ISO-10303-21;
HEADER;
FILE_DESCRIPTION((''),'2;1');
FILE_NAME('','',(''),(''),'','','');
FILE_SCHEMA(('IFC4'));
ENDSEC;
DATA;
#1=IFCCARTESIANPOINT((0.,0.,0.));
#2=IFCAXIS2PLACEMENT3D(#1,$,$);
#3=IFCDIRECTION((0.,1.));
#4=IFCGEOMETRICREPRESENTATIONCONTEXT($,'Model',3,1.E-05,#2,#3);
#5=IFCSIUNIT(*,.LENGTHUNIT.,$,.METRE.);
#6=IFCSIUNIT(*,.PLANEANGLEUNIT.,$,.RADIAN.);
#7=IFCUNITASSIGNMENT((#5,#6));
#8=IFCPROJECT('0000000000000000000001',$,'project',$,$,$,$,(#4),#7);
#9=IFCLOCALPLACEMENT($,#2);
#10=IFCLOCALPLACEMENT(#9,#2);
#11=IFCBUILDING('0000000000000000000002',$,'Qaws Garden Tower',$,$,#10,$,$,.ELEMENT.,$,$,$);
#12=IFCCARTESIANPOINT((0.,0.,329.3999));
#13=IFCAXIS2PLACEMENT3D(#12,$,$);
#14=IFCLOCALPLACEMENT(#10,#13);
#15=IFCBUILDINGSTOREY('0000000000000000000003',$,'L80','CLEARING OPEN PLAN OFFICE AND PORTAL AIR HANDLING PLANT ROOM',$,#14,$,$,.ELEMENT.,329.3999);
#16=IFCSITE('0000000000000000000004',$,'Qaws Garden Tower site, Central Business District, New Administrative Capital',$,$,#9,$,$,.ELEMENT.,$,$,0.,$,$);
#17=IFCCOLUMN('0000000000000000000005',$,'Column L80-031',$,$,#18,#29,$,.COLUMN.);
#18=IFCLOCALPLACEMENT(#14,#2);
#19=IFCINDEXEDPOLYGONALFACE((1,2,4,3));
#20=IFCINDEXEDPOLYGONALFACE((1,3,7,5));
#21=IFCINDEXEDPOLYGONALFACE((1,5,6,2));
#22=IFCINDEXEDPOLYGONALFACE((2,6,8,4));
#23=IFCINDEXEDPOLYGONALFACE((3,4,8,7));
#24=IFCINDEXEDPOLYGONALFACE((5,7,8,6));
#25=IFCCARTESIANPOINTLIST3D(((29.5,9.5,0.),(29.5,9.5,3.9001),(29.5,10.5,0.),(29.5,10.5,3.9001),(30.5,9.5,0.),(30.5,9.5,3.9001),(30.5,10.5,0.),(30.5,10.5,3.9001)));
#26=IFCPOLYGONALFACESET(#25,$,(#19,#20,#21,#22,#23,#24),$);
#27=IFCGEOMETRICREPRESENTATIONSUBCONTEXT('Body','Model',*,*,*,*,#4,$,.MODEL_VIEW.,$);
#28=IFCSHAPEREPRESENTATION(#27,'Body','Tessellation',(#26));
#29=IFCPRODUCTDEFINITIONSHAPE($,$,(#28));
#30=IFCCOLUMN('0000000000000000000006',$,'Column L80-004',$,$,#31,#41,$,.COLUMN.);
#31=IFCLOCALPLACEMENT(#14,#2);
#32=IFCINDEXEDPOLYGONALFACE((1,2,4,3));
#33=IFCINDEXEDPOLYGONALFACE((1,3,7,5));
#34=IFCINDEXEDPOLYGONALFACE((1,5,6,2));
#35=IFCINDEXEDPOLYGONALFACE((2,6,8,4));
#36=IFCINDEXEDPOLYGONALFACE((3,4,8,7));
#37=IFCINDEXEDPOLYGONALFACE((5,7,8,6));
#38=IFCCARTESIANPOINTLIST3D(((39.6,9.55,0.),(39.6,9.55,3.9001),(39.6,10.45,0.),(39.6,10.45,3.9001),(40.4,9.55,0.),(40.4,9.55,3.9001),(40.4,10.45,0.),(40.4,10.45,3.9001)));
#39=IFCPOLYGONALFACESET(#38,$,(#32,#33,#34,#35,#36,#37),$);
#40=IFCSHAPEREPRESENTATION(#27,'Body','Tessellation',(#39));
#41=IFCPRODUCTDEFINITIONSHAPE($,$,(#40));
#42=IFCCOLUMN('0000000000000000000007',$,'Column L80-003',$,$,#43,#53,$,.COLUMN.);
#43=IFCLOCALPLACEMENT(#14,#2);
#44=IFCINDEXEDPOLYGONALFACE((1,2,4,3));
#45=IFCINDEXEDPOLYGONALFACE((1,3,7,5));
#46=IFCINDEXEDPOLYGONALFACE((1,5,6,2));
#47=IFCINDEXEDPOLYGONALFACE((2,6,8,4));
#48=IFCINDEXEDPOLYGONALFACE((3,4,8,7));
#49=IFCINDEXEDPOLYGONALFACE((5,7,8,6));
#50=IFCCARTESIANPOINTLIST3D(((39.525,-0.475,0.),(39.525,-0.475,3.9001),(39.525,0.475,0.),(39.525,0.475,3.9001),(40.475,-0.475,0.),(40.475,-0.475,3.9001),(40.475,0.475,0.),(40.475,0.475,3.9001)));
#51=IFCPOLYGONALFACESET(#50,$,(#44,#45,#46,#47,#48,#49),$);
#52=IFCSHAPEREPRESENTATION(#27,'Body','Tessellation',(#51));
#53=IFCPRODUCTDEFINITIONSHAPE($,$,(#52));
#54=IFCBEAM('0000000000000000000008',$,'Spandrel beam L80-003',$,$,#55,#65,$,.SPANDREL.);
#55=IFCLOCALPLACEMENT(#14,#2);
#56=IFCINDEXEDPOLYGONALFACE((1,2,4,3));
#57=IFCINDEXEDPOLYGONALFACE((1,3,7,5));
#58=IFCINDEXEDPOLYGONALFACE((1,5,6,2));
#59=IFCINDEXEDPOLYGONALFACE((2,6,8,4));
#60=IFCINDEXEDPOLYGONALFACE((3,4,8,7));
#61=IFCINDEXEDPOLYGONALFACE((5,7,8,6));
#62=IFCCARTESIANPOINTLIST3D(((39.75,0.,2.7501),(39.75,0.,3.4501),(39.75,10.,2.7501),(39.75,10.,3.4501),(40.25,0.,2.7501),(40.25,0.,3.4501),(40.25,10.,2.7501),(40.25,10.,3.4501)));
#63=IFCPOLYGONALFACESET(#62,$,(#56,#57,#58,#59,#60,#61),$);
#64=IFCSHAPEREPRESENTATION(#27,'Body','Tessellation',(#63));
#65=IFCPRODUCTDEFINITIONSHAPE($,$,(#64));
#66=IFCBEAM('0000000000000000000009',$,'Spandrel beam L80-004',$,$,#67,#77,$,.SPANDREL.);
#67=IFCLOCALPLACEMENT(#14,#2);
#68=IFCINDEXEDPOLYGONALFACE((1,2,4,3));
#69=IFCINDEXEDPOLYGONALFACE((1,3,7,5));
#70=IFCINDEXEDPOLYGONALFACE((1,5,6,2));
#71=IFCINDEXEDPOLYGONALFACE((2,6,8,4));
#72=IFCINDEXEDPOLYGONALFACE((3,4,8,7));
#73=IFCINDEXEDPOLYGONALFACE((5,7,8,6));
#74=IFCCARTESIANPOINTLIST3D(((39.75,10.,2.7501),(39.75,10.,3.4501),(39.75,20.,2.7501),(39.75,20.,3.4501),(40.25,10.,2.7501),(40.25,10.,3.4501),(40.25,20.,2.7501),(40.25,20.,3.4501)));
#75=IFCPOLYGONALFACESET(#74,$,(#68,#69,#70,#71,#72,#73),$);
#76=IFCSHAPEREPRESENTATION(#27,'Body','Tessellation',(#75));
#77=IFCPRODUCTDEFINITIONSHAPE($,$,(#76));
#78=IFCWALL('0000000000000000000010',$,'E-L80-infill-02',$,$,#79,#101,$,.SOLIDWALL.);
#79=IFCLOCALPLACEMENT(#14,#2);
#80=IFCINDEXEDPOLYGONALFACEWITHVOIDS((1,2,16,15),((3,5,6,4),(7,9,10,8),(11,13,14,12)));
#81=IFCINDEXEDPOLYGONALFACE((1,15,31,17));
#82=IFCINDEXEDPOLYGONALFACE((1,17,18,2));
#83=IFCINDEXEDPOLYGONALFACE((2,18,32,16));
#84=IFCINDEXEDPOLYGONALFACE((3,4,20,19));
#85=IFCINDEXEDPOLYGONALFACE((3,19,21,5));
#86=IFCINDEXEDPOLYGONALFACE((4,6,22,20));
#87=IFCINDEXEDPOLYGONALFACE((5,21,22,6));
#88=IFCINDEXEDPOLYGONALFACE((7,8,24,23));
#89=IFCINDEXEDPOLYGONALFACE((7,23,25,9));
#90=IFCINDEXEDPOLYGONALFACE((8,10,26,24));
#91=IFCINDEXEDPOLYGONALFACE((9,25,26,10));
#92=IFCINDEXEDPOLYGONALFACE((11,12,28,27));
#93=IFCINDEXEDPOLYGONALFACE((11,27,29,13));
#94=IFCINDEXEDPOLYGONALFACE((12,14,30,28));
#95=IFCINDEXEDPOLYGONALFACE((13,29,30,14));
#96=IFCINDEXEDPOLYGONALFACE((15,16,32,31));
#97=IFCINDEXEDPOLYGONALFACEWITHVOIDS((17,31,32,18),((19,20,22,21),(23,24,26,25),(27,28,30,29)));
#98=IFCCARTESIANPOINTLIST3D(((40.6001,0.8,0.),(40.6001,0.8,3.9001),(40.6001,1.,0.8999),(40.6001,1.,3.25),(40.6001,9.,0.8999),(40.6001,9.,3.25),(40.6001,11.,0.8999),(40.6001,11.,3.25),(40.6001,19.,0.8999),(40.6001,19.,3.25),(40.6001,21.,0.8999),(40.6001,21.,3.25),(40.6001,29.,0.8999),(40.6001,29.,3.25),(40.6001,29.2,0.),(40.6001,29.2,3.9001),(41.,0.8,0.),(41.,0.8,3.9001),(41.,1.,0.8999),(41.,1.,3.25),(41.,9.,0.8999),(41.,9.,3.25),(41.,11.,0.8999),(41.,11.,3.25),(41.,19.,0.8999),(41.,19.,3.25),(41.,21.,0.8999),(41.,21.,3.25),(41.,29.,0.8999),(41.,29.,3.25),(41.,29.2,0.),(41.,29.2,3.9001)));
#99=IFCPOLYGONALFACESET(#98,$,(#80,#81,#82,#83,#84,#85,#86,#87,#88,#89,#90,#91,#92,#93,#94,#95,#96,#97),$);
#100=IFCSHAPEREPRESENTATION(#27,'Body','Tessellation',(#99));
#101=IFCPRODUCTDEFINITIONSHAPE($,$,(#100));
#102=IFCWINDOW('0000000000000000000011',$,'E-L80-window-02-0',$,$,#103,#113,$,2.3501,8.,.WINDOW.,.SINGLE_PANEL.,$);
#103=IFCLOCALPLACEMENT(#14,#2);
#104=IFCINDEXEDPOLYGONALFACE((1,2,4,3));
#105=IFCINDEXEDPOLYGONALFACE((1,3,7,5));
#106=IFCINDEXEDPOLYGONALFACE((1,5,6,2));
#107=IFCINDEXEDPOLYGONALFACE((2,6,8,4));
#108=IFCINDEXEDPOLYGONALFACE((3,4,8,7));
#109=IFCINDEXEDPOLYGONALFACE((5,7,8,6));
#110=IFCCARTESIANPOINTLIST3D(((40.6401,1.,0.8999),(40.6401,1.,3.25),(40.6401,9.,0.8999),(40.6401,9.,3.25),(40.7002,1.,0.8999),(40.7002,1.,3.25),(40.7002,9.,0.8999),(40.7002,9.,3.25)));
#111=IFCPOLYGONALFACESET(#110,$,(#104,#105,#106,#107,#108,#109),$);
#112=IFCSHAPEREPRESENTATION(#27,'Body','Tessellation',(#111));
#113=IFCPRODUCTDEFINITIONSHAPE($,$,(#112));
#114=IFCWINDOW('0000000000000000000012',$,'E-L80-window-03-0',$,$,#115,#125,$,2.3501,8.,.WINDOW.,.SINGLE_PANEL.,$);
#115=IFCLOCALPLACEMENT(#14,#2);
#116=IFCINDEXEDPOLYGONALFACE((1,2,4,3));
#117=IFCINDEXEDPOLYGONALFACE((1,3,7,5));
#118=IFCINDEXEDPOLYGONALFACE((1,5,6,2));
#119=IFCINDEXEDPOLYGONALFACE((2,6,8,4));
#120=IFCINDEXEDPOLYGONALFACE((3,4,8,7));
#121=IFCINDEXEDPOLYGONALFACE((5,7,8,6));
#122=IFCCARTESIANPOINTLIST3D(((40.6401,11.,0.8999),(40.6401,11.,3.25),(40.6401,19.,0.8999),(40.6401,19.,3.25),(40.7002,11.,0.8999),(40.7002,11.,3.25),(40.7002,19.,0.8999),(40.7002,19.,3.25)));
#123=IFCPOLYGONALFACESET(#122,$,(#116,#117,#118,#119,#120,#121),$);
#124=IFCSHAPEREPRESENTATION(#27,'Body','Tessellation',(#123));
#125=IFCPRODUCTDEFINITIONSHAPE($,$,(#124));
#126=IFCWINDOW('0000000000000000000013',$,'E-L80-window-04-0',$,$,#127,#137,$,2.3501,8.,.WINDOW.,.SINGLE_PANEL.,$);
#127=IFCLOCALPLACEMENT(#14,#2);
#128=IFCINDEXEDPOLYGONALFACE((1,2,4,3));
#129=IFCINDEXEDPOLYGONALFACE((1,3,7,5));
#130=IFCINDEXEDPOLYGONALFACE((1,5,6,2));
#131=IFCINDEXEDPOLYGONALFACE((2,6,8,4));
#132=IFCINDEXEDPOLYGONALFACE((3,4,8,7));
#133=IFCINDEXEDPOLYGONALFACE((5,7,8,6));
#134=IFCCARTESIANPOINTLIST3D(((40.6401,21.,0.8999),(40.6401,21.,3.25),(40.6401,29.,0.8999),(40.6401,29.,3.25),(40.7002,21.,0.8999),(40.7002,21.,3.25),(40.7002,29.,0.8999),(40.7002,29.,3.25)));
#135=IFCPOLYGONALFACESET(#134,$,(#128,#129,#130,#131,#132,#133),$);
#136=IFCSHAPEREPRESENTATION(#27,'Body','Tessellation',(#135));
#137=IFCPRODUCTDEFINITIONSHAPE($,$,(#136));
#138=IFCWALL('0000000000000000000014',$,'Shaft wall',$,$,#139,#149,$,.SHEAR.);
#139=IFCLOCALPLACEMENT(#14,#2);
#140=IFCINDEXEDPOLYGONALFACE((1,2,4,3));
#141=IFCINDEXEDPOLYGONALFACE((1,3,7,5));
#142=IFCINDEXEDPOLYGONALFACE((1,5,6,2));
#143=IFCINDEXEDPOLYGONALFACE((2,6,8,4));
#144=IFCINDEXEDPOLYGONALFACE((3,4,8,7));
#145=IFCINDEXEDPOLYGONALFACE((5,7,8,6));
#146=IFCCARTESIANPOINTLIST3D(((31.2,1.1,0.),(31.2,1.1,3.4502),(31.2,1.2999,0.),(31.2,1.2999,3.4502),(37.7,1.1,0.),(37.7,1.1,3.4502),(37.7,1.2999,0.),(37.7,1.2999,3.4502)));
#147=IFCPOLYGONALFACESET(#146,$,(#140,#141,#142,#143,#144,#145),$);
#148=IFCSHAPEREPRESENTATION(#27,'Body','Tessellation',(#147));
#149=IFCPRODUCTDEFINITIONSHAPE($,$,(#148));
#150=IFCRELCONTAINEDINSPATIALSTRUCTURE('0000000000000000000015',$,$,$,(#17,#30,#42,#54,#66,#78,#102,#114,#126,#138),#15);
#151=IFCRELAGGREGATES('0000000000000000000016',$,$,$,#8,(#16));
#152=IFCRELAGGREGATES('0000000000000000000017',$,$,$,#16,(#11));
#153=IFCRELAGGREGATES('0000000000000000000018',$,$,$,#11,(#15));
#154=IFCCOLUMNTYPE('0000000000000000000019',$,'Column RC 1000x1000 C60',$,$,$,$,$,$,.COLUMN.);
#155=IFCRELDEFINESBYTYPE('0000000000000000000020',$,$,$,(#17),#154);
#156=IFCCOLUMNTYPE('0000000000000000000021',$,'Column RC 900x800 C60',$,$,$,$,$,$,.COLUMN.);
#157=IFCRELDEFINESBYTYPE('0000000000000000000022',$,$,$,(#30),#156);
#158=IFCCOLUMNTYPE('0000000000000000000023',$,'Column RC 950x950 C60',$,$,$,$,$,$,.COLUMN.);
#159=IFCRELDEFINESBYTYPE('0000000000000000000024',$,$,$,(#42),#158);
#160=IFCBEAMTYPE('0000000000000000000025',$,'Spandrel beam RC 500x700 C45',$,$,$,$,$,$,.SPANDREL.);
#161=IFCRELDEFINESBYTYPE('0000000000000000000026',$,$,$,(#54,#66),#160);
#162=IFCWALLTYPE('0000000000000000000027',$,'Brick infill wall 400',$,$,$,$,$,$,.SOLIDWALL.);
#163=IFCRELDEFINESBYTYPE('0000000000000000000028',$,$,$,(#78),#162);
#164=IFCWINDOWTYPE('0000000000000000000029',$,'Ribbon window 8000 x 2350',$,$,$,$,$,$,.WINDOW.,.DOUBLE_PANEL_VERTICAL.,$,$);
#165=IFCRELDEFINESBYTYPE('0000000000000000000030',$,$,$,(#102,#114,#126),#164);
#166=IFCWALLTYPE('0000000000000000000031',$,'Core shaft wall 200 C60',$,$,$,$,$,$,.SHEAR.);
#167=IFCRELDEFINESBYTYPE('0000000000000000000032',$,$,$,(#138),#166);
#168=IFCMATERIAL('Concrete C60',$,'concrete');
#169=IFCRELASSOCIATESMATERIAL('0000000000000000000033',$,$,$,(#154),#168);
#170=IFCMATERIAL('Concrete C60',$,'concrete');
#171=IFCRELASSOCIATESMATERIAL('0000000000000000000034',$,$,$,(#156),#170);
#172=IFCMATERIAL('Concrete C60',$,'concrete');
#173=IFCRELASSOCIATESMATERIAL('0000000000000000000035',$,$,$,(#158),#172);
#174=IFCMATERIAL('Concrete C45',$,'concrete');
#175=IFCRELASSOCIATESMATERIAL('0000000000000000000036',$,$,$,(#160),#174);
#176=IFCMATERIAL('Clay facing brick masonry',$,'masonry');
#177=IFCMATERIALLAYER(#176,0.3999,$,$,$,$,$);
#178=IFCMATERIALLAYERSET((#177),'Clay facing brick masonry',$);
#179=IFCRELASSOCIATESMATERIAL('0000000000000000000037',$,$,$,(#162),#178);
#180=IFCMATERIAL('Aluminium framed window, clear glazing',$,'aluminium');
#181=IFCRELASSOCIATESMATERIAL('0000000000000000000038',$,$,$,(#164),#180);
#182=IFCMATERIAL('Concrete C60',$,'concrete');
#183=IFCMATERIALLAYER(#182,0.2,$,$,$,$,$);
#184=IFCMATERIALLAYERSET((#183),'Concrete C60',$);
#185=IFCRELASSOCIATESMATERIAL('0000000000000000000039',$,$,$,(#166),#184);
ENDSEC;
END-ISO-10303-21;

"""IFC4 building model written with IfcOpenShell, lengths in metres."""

from ifc_helpers import new_model, si_unit, direction, frame, frame_2d, origin, origin_2d, place, context, subcontext, project, spatial, rectangle, extrude, material, layer, layer_set, material_profile, profile_set, type_object, element, fill, save


model = new_model("IFC4")

# Units and contexts
model_context = context("Model", 3, precision=1e-05, world=origin(), true_north=direction((0.0, 1.0)))
body_context = subcontext(model_context, "Body", "Model", "MODEL_VIEW")
ifc_project = project(units=[si_unit("LENGTHUNIT", "METRE"), si_unit("PLANEANGLEUNIT", "RADIAN")], contexts=[model_context])

# Site, building, storey
site_placement = place(None, origin())
site = spatial("IfcSite", under=ifc_project, at=site_placement, Name="Qaws Garden Tower site, Central Business District, New Administrative Capital", CompositionType="ELEMENT", RefElevation=0.0)
building_placement = place(site_placement, origin())
building = spatial("IfcBuilding", under=site, at=building_placement, Name="Qaws Garden Tower", CompositionType="ELEMENT")
storey_placement = place(building_placement, frame((0.0, 0.0, 329.3999)))
storey = spatial("IfcBuildingStorey", under=building, at=storey_placement, Name="L80", Description="CLEARING OPEN PLAN OFFICE AND PORTAL AIR HANDLING PLANT ROOM", CompositionType="ELEMENT", Elevation=329.3999)

# Columns
ifc_material_1 = material(Name="Concrete C60", Category="concrete")
ifc_material_profile_1 = material_profile(ifc_material_1, rectangle(XDim=1.0, YDim=1.0, at=origin_2d()), Name="RC 1000x1000")
ifc_profile_set_1 = profile_set([ifc_material_profile_1], Name="Concrete C60")
column_type_1 = type_object("IfcColumnType", Name="Column RC 1000x1000 C60", PredefinedType="COLUMN", material=ifc_profile_set_1)
column_1_placement = place(storey_placement, frame((30.0, 10.0, 0.0), z_axis=(0.0, 0.0, 1.0), x_axis=(1.0, 0.0, 0.0)))
element("IfcColumn", 1, at=column_1_placement, inside=storey, type_object=column_type_1, Name="Column L80-031", PredefinedType="COLUMN", context=body_context, shape_type="SweptSolid", body=[
    extrude(rectangle(XDim=1.0, YDim=1.0, at=origin_2d()), origin(), (0.0, 0.0, 1.0), 3.9001),
])
ifc_material_2 = material(Name="Concrete C60", Category="concrete")
ifc_material_profile_2 = material_profile(ifc_material_2, rectangle(XDim=0.8999, YDim=0.8, at=origin_2d()), Name="RC 900x800")
ifc_profile_set_2 = profile_set([ifc_material_profile_2], Name="Concrete C60")
column_type_2 = type_object("IfcColumnType", Name="Column RC 900x800 C60", PredefinedType="COLUMN", material=ifc_profile_set_2)
column_2_placement = place(storey_placement, frame((40.0, 10.0, 0.0), z_axis=(0.0, 0.0, 1.0), x_axis=(0.0, 1.0, 0.0)))
element("IfcColumn", 2, at=column_2_placement, inside=storey, type_object=column_type_2, Name="Column L80-004", PredefinedType="COLUMN", context=body_context, shape_type="SweptSolid", body=[
    extrude(rectangle(XDim=0.8999, YDim=0.8, at=origin_2d()), origin(), (0.0, 0.0, 1.0), 3.9001),
])
ifc_material_3 = material(Name="Concrete C60", Category="concrete")
ifc_material_profile_3 = material_profile(ifc_material_3, rectangle(XDim=0.95, YDim=0.95, at=origin_2d()), Name="RC 950x950")
ifc_profile_set_3 = profile_set([ifc_material_profile_3], Name="Concrete C60")
column_type_3 = type_object("IfcColumnType", Name="Column RC 950x950 C60", PredefinedType="COLUMN", material=ifc_profile_set_3)
column_3_placement = place(storey_placement, frame((40.0, 0.0, 0.0), z_axis=(0.0, 0.0, 1.0), x_axis=(1.0, 0.0, 0.0)))
element("IfcColumn", 3, at=column_3_placement, inside=storey, type_object=column_type_3, Name="Column L80-003", PredefinedType="COLUMN", context=body_context, shape_type="SweptSolid", body=[
    extrude(rectangle(XDim=0.95, YDim=0.95, at=origin_2d()), origin(), (0.0, 0.0, 1.0), 3.9001),
])

# Beams
ifc_material_4 = material(Name="Concrete C45", Category="concrete")
ifc_material_profile_4 = material_profile(ifc_material_4, rectangle(XDim=0.5, YDim=0.7, at=origin_2d()), Name="RC 500x700")
ifc_profile_set_4 = profile_set([ifc_material_profile_4], Name="Concrete C45")
beam_type = type_object("IfcBeamType", Name="Spandrel beam RC 500x700 C45", PredefinedType="SPANDREL", material=ifc_profile_set_4)
for number, where, z_axis, x_axis, name in (
    (4, (40.0, 0.0, 3.1001), (0.0, 1.0, 0.0), (-1.0, 0.0, 0.0), "Spandrel beam L80-003"),
    (5, (40.0, 10.0, 3.1001), (0.0, 1.0, 0.0), (-1.0, 0.0, 0.0), "Spandrel beam L80-004"),
):
    element("IfcBeam", number, at=place(storey_placement, frame(where, z_axis=z_axis, x_axis=x_axis)), inside=storey, type_object=beam_type, Name=name, PredefinedType="SPANDREL", context=body_context, shape_type="SweptSolid", body=[
        extrude(rectangle(XDim=0.5, YDim=0.7, at=origin_2d()), origin(), (0.0, 0.0, 1.0), 10.0),
    ])

# Wall, openings, windows
ifc_material_5 = material(Name="Clay facing brick masonry", Category="masonry")
ifc_layer_1 = layer(ifc_material_5, 0.3999)
ifc_layer_set_1 = layer_set([ifc_layer_1], Name="Clay facing brick masonry")
wall_type_1 = type_object("IfcWallType", Name="Brick infill wall 400", PredefinedType="SOLIDWALL", material=ifc_layer_set_1)
wall_1_placement = place(storey_placement, frame((40.8, 0.8, 0.0), z_axis=(0.0, 0.0, 1.0), x_axis=(0.0, 1.0, 0.0)))
wall_1 = element("IfcWall", 6, at=wall_1_placement, inside=storey, type_object=wall_type_1, Name="E-L80-infill-02", PredefinedType="SOLIDWALL", context=body_context, shape_type="SweptSolid", body=[
    extrude(rectangle(XDim=28.3999, YDim=0.3999, at=frame_2d((14.2, 0.0))), origin(), (0.0, 0.0, 1.0), 3.9001),
])
opening_1_placement = place(wall_1_placement, frame((0.2, 0.0, 0.8999)))
opening_1 = element("IfcOpeningElement", 7, at=opening_1_placement, cuts=wall_1, PredefinedType="OPENING", context=body_context, shape_type="SweptSolid", body=[
    extrude(rectangle(XDim=8.0, YDim=2.3501, at=frame_2d((4.0, 1.175))), frame((0.0, 0.21, 0.0), z_axis=(0.0, -1.0, 0.0), x_axis=(1.0, 0.0, 0.0)), (0.0, 0.0, 1.0), 0.4199),
])
opening_2_placement = place(wall_1_placement, frame((10.2, 0.0, 0.8999)))
opening_2 = element("IfcOpeningElement", 8, at=opening_2_placement, cuts=wall_1, PredefinedType="OPENING", context=body_context, shape_type="SweptSolid", body=[
    extrude(rectangle(XDim=8.0, YDim=2.3501, at=frame_2d((4.0, 1.175))), frame((0.0, 0.21, 0.0), z_axis=(0.0, -1.0, 0.0), x_axis=(1.0, 0.0, 0.0)), (0.0, 0.0, 1.0), 0.4199),
])
opening_3_placement = place(wall_1_placement, frame((20.2, 0.0, 0.8999)))
opening_3 = element("IfcOpeningElement", 9, at=opening_3_placement, cuts=wall_1, PredefinedType="OPENING", context=body_context, shape_type="SweptSolid", body=[
    extrude(rectangle(XDim=8.0, YDim=2.3501, at=frame_2d((4.0, 1.175))), frame((0.0, 0.21, 0.0), z_axis=(0.0, -1.0, 0.0), x_axis=(1.0, 0.0, 0.0)), (0.0, 0.0, 1.0), 0.4199),
])
ifc_material_6 = material(Name="Aluminium framed window, clear glazing", Category="aluminium")
window_type = type_object("IfcWindowType", Name="Ribbon window 8000 x 2350", PartitioningType="DOUBLE_PANEL_VERTICAL", PredefinedType="WINDOW", material=ifc_material_6)
window_1_placement = place(opening_1_placement, origin())
window_1 = element("IfcWindow", 10, at=window_1_placement, inside=storey, type_object=window_type, Name="E-L80-window-02-0", OverallHeight=2.3501, OverallWidth=8.0, PartitioningType="SINGLE_PANEL", PredefinedType="WINDOW", context=body_context, shape_type="SweptSolid", body=[
    extrude(rectangle(XDim=8.0, YDim=2.3501, at=frame_2d((4.0, 1.175))), frame((0.0, 0.1599, 0.0), z_axis=(0.0, -1.0, 0.0), x_axis=(1.0, 0.0, 0.0)), (0.0, 0.0, 1.0), 0.0601),
])
fill(opening_1, window_1)
window_2_placement = place(opening_2_placement, origin())
window_2 = element("IfcWindow", 11, at=window_2_placement, inside=storey, type_object=window_type, Name="E-L80-window-03-0", OverallHeight=2.3501, OverallWidth=8.0, PartitioningType="SINGLE_PANEL", PredefinedType="WINDOW", context=body_context, shape_type="SweptSolid", body=[
    extrude(rectangle(XDim=8.0, YDim=2.3501, at=frame_2d((4.0, 1.175))), frame((0.0, 0.1599, 0.0), z_axis=(0.0, -1.0, 0.0), x_axis=(1.0, 0.0, 0.0)), (0.0, 0.0, 1.0), 0.0601),
])
fill(opening_2, window_2)
window_3_placement = place(opening_3_placement, origin())
window_3 = element("IfcWindow", 12, at=window_3_placement, inside=storey, type_object=window_type, Name="E-L80-window-04-0", OverallHeight=2.3501, OverallWidth=8.0, PartitioningType="SINGLE_PANEL", PredefinedType="WINDOW", context=body_context, shape_type="SweptSolid", body=[
    extrude(rectangle(XDim=8.0, YDim=2.3501, at=frame_2d((4.0, 1.175))), frame((0.0, 0.1599, 0.0), z_axis=(0.0, -1.0, 0.0), x_axis=(1.0, 0.0, 0.0)), (0.0, 0.0, 1.0), 0.0601),
])
fill(opening_3, window_3)

# Wall
ifc_material_7 = material(Name="Concrete C60", Category="concrete")
ifc_layer_2 = layer(ifc_material_7, 0.2)
ifc_layer_set_2 = layer_set([ifc_layer_2], Name="Concrete C60")
wall_type_2 = type_object("IfcWallType", Name="Core shaft wall 200 C60", PredefinedType="SHEAR", material=ifc_layer_set_2)
wall_2_placement = place(storey_placement, frame((31.2, 1.2, 0.0), z_axis=(0.0, 0.0, 1.0), x_axis=(1.0, 0.0, 0.0)))
element("IfcWall", 13, at=wall_2_placement, inside=storey, type_object=wall_type_2, Name="Shaft wall", PredefinedType="SHEAR", context=body_context, shape_type="SweptSolid", body=[
    extrude(rectangle(XDim=6.5, YDim=0.2, at=frame_2d((3.25, 0.0))), origin(), (0.0, 0.0, 1.0), 3.4502),
])

save(model, "model.ifc")
